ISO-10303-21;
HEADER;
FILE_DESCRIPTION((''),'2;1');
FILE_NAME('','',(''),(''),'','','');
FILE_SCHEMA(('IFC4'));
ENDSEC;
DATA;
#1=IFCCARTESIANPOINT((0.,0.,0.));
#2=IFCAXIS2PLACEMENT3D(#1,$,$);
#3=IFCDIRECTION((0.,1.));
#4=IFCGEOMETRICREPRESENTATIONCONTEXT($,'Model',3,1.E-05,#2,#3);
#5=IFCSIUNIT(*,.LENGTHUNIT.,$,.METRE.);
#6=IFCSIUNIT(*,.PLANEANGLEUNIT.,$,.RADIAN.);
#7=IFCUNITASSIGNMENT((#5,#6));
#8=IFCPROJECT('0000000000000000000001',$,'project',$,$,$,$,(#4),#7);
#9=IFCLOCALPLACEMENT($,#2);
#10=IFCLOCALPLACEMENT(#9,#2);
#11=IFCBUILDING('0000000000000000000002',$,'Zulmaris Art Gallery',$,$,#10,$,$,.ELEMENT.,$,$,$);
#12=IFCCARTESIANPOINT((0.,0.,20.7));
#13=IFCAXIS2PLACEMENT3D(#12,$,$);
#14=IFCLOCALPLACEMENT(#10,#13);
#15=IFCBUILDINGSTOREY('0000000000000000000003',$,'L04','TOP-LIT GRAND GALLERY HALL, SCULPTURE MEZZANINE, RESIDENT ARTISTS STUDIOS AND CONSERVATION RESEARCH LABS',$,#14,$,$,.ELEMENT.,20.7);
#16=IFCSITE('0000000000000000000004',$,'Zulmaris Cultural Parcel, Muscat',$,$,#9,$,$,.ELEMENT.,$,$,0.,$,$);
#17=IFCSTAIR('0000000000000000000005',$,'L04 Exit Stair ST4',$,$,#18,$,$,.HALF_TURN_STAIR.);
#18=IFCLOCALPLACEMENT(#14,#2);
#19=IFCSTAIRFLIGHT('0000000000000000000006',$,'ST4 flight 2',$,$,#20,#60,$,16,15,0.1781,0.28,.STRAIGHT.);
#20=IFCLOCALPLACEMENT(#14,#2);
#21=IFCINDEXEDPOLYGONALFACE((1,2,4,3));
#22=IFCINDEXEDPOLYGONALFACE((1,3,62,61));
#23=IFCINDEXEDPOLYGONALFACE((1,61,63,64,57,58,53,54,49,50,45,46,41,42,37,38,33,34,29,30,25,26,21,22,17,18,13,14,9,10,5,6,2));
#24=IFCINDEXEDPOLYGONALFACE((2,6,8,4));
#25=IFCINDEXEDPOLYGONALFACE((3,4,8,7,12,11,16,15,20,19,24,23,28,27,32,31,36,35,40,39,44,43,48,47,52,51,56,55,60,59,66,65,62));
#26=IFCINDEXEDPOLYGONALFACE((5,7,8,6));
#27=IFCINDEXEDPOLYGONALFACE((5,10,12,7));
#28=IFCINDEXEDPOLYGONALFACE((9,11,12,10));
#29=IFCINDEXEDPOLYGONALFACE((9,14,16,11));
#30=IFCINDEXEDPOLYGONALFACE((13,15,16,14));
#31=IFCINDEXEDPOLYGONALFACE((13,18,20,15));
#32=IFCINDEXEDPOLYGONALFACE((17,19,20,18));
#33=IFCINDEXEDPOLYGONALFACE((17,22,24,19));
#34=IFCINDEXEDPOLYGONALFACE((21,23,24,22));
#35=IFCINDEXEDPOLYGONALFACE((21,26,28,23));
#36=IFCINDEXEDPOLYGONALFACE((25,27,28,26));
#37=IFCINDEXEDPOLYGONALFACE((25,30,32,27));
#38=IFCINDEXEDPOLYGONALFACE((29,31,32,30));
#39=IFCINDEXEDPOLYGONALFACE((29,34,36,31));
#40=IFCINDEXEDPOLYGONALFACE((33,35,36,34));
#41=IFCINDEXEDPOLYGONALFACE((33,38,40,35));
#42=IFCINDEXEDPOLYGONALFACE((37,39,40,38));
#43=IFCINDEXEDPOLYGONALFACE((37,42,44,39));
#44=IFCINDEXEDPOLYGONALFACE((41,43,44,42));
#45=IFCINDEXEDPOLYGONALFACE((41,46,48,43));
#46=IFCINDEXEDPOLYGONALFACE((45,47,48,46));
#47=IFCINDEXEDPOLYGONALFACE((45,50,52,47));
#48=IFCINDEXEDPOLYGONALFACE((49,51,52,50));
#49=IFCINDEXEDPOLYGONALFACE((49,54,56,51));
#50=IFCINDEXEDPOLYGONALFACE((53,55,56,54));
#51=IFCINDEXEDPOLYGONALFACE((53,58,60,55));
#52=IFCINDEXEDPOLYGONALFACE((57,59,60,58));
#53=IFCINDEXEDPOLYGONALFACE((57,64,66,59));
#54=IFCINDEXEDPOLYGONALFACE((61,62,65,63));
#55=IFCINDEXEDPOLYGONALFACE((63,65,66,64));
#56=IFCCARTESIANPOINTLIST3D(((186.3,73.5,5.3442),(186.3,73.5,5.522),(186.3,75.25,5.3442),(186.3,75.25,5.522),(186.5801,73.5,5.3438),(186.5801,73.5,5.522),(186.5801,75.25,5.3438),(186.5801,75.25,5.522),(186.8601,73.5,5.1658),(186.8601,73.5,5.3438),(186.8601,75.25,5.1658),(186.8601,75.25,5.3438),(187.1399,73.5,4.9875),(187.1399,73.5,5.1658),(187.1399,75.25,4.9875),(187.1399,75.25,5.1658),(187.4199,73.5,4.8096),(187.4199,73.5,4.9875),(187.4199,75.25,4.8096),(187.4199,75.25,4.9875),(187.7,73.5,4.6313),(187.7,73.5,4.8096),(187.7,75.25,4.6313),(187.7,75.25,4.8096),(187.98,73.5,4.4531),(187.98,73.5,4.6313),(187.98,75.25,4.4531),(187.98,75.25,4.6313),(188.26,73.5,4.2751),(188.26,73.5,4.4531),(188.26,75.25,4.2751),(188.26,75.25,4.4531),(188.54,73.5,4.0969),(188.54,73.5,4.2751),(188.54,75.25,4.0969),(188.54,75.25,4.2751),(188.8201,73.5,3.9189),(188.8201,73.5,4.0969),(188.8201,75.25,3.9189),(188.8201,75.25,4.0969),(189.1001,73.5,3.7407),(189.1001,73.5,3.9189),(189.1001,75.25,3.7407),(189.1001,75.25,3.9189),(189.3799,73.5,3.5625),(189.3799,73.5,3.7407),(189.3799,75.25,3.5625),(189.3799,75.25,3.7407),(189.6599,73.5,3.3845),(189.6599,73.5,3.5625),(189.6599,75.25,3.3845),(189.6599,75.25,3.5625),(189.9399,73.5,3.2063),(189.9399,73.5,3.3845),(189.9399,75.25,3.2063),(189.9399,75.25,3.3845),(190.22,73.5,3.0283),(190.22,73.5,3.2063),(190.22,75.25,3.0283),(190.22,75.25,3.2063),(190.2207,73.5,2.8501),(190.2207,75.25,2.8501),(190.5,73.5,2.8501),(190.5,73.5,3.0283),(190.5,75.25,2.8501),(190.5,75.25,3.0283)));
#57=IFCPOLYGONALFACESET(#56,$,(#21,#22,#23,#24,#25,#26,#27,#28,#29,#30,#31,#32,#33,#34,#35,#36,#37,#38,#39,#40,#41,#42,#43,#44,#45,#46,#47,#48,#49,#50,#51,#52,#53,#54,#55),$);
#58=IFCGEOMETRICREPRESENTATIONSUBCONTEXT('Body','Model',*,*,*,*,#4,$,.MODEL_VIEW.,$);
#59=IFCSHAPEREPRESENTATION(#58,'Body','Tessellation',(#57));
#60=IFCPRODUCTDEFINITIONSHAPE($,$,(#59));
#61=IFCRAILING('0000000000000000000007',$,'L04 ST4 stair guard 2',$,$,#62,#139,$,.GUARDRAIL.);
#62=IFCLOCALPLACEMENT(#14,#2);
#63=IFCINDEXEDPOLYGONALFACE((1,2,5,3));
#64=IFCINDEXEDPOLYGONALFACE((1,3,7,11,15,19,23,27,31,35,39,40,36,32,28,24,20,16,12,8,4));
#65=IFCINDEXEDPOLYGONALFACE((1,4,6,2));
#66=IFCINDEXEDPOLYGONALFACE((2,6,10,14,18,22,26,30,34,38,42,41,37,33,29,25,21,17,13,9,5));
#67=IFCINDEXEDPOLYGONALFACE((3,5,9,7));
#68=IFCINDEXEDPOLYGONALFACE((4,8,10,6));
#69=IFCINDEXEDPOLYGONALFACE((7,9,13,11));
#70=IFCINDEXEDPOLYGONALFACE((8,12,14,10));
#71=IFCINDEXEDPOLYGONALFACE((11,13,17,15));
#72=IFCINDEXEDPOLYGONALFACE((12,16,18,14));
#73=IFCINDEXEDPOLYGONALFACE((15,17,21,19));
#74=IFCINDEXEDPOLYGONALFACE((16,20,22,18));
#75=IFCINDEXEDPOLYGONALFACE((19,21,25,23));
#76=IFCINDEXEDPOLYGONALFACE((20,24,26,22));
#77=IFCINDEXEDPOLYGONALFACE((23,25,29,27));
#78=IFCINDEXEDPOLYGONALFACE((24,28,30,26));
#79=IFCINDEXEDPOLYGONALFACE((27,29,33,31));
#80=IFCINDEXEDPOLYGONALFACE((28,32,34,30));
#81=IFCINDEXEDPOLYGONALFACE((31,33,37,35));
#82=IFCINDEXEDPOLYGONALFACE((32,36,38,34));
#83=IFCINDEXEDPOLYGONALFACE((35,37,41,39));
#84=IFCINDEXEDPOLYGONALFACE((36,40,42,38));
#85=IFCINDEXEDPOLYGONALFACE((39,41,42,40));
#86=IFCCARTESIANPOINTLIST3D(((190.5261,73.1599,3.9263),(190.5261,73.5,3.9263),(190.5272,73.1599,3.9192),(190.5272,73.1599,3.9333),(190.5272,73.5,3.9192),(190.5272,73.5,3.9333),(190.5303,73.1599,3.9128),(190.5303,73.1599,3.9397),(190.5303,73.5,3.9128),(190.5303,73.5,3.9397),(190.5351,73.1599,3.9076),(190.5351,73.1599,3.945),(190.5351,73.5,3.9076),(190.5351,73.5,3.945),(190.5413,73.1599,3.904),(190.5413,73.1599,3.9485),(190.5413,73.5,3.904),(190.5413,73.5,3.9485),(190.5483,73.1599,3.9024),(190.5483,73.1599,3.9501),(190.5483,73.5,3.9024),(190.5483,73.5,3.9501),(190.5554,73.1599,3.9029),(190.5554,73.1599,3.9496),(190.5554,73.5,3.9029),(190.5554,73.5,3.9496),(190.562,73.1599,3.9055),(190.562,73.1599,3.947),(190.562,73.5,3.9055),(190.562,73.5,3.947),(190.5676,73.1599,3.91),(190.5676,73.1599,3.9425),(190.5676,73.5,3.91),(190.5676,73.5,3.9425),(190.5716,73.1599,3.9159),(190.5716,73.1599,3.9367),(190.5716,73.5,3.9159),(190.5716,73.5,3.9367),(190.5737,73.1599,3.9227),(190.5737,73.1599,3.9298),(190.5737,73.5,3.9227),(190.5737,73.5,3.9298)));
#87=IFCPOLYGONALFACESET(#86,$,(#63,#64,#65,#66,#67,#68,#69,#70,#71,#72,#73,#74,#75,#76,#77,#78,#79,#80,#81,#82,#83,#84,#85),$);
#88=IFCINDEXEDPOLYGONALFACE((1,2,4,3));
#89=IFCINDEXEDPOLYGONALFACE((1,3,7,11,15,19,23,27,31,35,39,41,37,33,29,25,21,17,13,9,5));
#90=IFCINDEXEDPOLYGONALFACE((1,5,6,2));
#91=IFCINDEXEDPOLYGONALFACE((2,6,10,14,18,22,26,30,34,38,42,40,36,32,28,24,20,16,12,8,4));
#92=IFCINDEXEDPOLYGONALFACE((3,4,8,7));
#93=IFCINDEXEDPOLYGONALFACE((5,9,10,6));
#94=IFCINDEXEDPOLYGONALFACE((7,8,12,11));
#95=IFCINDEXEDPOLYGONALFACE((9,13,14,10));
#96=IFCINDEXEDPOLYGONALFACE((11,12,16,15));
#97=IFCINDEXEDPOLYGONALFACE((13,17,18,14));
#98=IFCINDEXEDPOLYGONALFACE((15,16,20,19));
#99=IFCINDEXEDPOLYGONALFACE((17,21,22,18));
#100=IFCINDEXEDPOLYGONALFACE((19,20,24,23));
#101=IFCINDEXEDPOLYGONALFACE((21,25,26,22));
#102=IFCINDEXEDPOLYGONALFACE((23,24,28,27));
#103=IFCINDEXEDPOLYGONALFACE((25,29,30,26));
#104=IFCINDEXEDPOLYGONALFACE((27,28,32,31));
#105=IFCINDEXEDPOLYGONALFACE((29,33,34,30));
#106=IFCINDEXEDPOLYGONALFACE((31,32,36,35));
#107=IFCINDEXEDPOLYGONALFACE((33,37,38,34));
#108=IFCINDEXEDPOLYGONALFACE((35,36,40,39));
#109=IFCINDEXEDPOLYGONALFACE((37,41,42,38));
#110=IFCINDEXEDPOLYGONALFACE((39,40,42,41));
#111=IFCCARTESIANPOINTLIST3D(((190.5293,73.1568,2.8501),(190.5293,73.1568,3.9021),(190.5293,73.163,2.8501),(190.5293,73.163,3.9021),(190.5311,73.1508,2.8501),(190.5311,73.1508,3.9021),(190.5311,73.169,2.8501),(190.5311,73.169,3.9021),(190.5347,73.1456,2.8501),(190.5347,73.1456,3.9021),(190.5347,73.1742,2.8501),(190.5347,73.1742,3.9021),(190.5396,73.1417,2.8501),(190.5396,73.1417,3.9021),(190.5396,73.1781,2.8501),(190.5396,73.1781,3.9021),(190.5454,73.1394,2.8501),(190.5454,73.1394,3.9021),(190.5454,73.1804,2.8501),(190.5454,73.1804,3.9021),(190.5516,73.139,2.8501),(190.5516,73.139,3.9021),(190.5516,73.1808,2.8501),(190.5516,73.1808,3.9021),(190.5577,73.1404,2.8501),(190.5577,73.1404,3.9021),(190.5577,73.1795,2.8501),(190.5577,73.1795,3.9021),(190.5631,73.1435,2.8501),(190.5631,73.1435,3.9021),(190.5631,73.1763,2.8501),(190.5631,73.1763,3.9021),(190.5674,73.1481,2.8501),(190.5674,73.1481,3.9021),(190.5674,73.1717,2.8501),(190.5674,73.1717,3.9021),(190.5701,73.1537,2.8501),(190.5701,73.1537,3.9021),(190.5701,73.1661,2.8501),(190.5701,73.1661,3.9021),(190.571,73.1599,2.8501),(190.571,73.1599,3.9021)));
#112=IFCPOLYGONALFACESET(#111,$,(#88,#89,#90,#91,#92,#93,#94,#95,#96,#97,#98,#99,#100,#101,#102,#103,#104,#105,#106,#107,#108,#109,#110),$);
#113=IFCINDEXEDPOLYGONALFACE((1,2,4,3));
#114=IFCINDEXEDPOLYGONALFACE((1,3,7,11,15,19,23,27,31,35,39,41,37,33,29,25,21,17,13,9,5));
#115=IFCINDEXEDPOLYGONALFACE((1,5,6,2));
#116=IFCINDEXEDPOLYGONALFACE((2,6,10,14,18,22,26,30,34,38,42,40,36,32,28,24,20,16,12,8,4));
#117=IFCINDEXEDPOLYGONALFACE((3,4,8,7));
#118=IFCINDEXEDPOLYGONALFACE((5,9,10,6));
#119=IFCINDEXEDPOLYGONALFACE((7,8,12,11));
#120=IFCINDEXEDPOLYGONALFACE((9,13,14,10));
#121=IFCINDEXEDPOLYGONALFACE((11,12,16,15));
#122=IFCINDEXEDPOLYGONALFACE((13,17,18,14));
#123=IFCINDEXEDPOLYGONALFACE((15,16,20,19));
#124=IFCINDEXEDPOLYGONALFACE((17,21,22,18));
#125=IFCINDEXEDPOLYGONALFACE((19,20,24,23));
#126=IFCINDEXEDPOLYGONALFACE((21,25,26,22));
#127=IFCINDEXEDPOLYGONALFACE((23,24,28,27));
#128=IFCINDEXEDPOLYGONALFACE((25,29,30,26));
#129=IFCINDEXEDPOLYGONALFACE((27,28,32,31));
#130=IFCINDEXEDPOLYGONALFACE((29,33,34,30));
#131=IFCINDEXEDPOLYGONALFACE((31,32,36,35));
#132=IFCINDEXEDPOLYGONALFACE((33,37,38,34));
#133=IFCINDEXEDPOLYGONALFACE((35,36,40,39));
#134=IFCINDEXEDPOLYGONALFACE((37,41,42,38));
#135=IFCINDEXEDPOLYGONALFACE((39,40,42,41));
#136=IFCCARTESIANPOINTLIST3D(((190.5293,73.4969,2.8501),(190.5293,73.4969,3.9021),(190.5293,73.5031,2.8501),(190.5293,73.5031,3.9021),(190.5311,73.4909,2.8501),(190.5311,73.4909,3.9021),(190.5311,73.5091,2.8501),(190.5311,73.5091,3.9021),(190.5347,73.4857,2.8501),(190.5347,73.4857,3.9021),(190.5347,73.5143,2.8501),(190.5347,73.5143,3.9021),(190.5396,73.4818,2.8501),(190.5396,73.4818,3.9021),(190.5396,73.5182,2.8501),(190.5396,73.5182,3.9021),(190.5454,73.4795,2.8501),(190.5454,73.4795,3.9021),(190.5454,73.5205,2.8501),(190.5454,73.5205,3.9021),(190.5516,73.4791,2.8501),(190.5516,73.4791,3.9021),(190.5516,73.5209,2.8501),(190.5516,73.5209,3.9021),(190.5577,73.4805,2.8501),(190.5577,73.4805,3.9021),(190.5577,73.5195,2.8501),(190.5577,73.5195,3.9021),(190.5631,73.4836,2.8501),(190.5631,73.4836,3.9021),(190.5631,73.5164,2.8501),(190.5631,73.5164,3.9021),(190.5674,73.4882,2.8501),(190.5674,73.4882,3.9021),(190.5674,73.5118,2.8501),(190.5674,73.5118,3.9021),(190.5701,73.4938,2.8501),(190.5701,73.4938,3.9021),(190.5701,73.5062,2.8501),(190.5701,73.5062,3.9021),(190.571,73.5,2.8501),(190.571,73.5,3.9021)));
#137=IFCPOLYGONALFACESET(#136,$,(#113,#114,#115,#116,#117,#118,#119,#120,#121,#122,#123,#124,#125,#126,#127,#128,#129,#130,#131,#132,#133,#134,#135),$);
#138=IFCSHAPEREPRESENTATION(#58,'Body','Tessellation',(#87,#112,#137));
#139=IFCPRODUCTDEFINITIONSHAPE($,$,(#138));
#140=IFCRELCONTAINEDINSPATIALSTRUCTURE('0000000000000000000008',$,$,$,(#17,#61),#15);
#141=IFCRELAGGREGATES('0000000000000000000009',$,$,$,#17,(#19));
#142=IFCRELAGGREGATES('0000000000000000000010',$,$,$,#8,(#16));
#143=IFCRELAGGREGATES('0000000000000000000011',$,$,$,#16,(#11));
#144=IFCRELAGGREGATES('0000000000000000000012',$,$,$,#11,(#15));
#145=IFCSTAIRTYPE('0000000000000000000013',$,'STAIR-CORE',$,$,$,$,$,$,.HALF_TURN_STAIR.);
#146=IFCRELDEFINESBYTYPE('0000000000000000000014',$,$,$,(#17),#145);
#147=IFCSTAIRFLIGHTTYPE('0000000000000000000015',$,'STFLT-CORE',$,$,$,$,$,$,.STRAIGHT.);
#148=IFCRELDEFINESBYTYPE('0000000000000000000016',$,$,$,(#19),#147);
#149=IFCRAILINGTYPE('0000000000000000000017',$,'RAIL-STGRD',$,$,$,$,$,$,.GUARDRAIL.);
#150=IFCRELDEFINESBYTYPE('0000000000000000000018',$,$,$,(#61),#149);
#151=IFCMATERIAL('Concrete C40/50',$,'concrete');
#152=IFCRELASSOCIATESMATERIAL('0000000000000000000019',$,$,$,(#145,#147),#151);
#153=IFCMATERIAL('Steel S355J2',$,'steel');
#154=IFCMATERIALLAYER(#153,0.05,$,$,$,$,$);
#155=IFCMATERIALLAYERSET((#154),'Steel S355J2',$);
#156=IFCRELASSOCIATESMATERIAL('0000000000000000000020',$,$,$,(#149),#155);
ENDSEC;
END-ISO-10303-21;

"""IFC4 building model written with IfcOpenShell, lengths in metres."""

from ifc_helpers import new_model, si_unit, direction, frame, origin, origin_2d, place, context, subcontext, project, spatial, polyline, circle, outline, extrude, material, layer, layer_set, type_object, element, aggregate, save


model = new_model("IFC4")

# Units and contexts
model_context = context("Model", 3, precision=1e-05, world=origin(), true_north=direction((0.0, 1.0)))
body_context = subcontext(model_context, "Body", "Model", "MODEL_VIEW")
ifc_project = project(units=[si_unit("LENGTHUNIT", "METRE"), si_unit("PLANEANGLEUNIT", "RADIAN")], contexts=[model_context])

# Site, building, storey
site_placement = place(None, origin())
site = spatial("IfcSite", under=ifc_project, at=site_placement, Name="Zulmaris Cultural Parcel, Muscat", CompositionType="ELEMENT", RefElevation=0.0)
building_placement = place(site_placement, origin())
building = spatial("IfcBuilding", under=site, at=building_placement, Name="Zulmaris Art Gallery", CompositionType="ELEMENT")
storey_placement = place(building_placement, frame((0.0, 0.0, 20.7)))
storey = spatial("IfcBuildingStorey", under=building, at=storey_placement, Name="L04", Description="TOP-LIT GRAND GALLERY HALL, SCULPTURE MEZZANINE, RESIDENT ARTISTS STUDIOS AND CONSERVATION RESEARCH LABS", CompositionType="ELEMENT", Elevation=20.7)

# Shared definitions
ifc_material_1 = material(Name="Concrete C40/50", Category="concrete")

# Shared definitions
ifc_material_2 = material(Name="Steel S355J2", Category="steel")

# Stair, stair flight
stair_type = type_object("IfcStairType", Name="STAIR-CORE", PredefinedType="HALF_TURN_STAIR", material=ifc_material_1)
stair_placement = place(storey_placement, origin())
stair = element("IfcStair", 1, at=stair_placement, inside=storey, type_object=stair_type, Name="L04 Exit Stair ST4", PredefinedType="HALF_TURN_STAIR")
stair_flight_type = type_object("IfcStairFlightType", Name="STFLT-CORE", PredefinedType="STRAIGHT", material=ifc_material_1)
stair_flight_placement = place(storey_placement, frame((190.5, 74.375, 2.8501), z_axis=(0.0, 0.0, 1.0), x_axis=(-1.0, 0.0, 0.0)))
stair_flight = element("IfcStairFlight", 2, at=stair_flight_placement, type_object=stair_flight_type, Name="ST4 flight 2", NumberOfRisers=16, NumberOfTreads=15, PredefinedType="STRAIGHT", RiserHeight=0.1781, TreadLength=0.28, context=body_context, shape_type="SweptSolid", body=[
    extrude(outline(polyline([(0.0, 0.0), (0.0, 0.1782), (0.28, 0.1782), (0.28, 0.3562), (0.5601, 0.3562), (0.5601, 0.5344), (0.8401, 0.5344), (0.8401, 0.7124), (1.1201, 0.7124), (1.1201, 0.8906), (1.3999, 0.8906), (1.3999, 1.0688), (1.6799, 1.0688), (1.6799, 1.2468), (1.96, 1.2468), (1.96, 1.425), (2.24, 1.425), (2.24, 1.603), (2.52, 1.603), (2.52, 1.7812), (2.8, 1.7812), (2.8, 1.9595), (3.0801, 1.9595), (3.0801, 2.1375), (3.3601, 2.1375), (3.3601, 2.3157), (3.6399, 2.3157), (3.6399, 2.4937), (3.9199, 2.4937), (3.9199, 2.6719), (4.2, 2.6719), (4.2, 2.8501), (4.2, 2.4941), (0.2793, 0.0), (0.0, 0.0)])), frame((0.0, 0.875, 0.0), z_axis=(0.0, -1.0, 0.0), x_axis=(1.0, 0.0, 0.0)), (0.0, 0.0, 1.0), 1.75),
])
aggregate(stair, [stair_flight])

# Railing
ifc_layer_1 = layer(ifc_material_2, 0.05)
ifc_layer_set_1 = layer_set([ifc_layer_1], Name="Steel S355J2")
railing_type_1 = type_object("IfcRailingType", Name="RAIL-STGRD", PredefinedType="GUARDRAIL", material=ifc_layer_set_1)
railing_1_placement = place(storey_placement, frame((190.55, 73.1599, 2.8501)))
element("IfcRailing", 3, at=railing_1_placement, inside=storey, type_object=railing_type_1, Name="L04 ST4 stair guard 2", PredefinedType="GUARDRAIL", context=body_context, shape_type="SweptSolid", body=[
    extrude(circle(Radius=0.0239, at=origin_2d()), frame((0.0, 0.0, 1.0762), z_axis=(0.0, 1.0, 0.0), x_axis=(-1.0, 0.0, 0.0)), (0.0, 0.0, 1.0), 0.3401),
    extrude(circle(Radius=0.021, at=origin_2d()), origin(), (0.0, 0.0, 1.0), 1.052),
    extrude(circle(Radius=0.021, at=origin_2d()), frame((0.0, 0.3401, 0.0)), (0.0, 0.0, 1.0), 1.052),
])

save(model, "model.ifc")
